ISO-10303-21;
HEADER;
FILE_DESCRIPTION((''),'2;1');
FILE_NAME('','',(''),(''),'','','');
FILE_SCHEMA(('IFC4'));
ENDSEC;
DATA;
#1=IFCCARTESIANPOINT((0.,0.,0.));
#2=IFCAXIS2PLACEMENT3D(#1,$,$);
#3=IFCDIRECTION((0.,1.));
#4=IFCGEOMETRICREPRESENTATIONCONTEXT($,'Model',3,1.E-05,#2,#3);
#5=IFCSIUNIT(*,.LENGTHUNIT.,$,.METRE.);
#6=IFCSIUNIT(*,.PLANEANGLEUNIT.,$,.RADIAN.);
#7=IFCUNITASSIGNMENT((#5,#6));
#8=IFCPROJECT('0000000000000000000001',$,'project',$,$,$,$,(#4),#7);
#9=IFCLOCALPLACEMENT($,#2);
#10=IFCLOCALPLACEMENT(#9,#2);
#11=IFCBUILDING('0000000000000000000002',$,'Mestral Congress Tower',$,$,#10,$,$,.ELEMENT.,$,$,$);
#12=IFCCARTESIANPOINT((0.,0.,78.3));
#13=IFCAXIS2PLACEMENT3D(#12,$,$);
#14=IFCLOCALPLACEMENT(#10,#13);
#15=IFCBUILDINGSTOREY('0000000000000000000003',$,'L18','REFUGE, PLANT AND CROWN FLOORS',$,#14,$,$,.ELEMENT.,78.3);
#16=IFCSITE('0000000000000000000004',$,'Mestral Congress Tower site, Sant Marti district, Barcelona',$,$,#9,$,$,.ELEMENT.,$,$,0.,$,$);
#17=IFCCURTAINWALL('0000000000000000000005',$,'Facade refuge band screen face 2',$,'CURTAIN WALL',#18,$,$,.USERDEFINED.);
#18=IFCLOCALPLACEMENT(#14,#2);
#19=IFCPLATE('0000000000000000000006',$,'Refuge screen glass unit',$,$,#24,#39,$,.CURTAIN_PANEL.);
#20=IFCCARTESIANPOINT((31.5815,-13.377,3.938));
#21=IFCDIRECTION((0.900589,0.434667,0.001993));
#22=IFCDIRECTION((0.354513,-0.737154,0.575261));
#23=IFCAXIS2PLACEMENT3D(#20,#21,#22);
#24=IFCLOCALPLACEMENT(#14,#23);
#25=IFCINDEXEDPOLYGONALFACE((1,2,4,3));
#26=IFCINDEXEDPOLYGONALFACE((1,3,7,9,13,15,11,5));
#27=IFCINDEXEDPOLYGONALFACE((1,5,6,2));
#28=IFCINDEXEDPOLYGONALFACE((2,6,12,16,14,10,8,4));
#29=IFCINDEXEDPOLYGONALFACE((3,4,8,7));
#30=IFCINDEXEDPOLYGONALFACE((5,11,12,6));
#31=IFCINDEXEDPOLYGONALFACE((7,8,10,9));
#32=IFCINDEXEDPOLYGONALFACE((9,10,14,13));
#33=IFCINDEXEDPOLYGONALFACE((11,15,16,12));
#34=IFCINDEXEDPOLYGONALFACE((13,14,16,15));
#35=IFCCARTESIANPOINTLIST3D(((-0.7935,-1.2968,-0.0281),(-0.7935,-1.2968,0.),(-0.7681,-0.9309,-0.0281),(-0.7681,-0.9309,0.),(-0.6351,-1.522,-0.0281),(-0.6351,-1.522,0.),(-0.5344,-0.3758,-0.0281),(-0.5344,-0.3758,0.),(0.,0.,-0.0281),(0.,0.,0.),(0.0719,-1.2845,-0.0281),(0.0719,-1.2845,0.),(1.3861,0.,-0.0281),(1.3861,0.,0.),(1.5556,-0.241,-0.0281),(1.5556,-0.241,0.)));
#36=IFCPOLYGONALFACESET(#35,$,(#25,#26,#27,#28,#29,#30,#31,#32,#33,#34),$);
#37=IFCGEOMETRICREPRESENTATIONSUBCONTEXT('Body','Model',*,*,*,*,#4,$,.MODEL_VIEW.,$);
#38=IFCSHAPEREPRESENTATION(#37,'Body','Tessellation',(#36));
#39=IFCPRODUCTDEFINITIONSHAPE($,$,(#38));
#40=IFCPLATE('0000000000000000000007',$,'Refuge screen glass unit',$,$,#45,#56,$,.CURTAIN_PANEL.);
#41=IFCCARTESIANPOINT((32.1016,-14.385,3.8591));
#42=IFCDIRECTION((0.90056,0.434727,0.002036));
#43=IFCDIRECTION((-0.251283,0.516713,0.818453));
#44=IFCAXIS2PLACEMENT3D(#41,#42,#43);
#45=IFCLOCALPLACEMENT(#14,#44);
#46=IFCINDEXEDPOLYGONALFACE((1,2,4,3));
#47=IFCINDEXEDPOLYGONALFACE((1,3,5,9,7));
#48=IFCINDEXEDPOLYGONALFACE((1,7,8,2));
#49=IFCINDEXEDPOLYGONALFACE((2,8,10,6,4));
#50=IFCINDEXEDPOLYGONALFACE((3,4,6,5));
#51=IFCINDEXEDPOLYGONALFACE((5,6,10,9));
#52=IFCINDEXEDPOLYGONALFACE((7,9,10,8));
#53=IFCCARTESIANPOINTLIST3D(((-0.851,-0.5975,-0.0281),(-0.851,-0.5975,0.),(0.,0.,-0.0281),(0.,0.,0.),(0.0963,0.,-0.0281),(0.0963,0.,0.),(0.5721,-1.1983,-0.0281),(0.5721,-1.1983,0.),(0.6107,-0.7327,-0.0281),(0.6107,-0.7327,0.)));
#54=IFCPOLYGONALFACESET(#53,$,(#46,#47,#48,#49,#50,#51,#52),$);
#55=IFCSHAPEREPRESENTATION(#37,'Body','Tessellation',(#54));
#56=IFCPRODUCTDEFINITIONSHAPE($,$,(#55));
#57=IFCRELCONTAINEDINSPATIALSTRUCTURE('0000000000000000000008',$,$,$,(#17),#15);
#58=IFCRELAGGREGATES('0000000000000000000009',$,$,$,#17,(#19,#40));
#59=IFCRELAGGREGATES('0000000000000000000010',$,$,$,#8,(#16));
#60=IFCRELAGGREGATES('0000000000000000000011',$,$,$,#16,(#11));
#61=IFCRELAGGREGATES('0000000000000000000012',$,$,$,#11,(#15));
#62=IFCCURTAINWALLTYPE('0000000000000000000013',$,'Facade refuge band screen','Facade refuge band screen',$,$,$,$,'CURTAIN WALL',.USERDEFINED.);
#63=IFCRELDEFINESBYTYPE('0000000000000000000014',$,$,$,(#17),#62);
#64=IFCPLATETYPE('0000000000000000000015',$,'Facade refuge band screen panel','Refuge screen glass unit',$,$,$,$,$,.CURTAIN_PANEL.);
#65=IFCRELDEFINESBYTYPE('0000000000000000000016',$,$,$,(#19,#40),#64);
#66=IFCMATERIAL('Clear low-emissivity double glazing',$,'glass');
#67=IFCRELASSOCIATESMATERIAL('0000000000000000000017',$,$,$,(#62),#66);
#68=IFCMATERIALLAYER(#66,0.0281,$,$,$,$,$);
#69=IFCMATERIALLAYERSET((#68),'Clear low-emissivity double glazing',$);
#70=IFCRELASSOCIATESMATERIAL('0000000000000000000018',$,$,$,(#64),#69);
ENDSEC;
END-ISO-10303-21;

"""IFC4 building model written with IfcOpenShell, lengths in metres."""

from ifc_helpers import new_model, si_unit, direction, frame, origin, place, context, subcontext, project, spatial, polyline, outline, extrude, material, layer, layer_set, type_object, element, aggregate, save


model = new_model("IFC4")

# Units and contexts
model_context = context("Model", 3, precision=1e-05, world=origin(), true_north=direction((0.0, 1.0)))
body_context = subcontext(model_context, "Body", "Model", "MODEL_VIEW")
ifc_project = project(units=[si_unit("LENGTHUNIT", "METRE"), si_unit("PLANEANGLEUNIT", "RADIAN")], contexts=[model_context])

# Site, building, storey
site_placement = place(None, origin())
site = spatial("IfcSite", under=ifc_project, at=site_placement, Name="Mestral Congress Tower site, Sant Marti district, Barcelona", CompositionType="ELEMENT", RefElevation=0.0)
building_placement = place(site_placement, origin())
building = spatial("IfcBuilding", under=site, at=building_placement, Name="Mestral Congress Tower", CompositionType="ELEMENT")
storey_placement = place(building_placement, frame((0.0, 0.0, 78.3)))
storey = spatial("IfcBuildingStorey", under=building, at=storey_placement, Name="L18", Description="REFUGE, PLANT AND CROWN FLOORS", CompositionType="ELEMENT", Elevation=78.3)

# Curtain wall
ifc_material_1 = material(Name="Clear low-emissivity double glazing", Category="glass")
curtain_wall_type = type_object("IfcCurtainWallType", Name="Facade refuge band screen", Description="Facade refuge band screen", ElementType="CURTAIN WALL", PredefinedType="USERDEFINED", material=ifc_material_1)
placement = place(storey_placement, origin())
curtain_wall_1 = element("IfcCurtainWall", 1, at=placement, inside=storey, type_object=curtain_wall_type, Name="Facade refuge band screen face 2", ObjectType="CURTAIN WALL", PredefinedType="USERDEFINED")

# Plates
ifc_layer_1 = layer(ifc_material_1, 0.0281)
ifc_layer_set_1 = layer_set([ifc_layer_1], Name="Clear low-emissivity double glazing")
plate_type_1 = type_object("IfcPlateType", Name="Facade refuge band screen panel", Description="Refuge screen glass unit", PredefinedType="CURTAIN_PANEL", material=ifc_layer_set_1)
plate_1_placement = place(storey_placement, frame((31.5815, -13.377, 3.938), z_axis=(0.900589, 0.434667, 0.001993), x_axis=(0.354513, -0.737154, 0.575261)))
plate_1 = element("IfcPlate", 2, at=plate_1_placement, type_object=plate_type_1, Name="Refuge screen glass unit", PredefinedType="CURTAIN_PANEL", context=body_context, shape_type="SweptSolid", body=[
    extrude(outline(polyline([(0.0, 0.0), (1.3861, 0.0), (1.5556, -0.241), (0.0719, -1.2845), (-0.6351, -1.522), (-0.7935, -1.2968), (-0.7681, -0.9309), (-0.5344, -0.3758), (0.0, 0.0)])), origin(), (0.0, 0.0, -1.0), 0.0281),
])
plate_2_placement = place(storey_placement, frame((32.1016, -14.385, 3.8591), z_axis=(0.90056, 0.434727, 0.002036), x_axis=(-0.251283, 0.516713, 0.818453)))
plate_2 = element("IfcPlate", 3, at=plate_2_placement, type_object=plate_type_1, Name="Refuge screen glass unit", PredefinedType="CURTAIN_PANEL", context=body_context, shape_type="SweptSolid", body=[
    extrude(outline(polyline([(0.0, 0.0), (0.0963, 0.0), (0.6107, -0.7327), (0.5721, -1.1983), (-0.851, -0.5975), (0.0, 0.0)])), origin(), (0.0, 0.0, -1.0), 0.0281),
])

aggregate(curtain_wall_1, [plate_1, plate_2])

save(model, "model.ifc")
